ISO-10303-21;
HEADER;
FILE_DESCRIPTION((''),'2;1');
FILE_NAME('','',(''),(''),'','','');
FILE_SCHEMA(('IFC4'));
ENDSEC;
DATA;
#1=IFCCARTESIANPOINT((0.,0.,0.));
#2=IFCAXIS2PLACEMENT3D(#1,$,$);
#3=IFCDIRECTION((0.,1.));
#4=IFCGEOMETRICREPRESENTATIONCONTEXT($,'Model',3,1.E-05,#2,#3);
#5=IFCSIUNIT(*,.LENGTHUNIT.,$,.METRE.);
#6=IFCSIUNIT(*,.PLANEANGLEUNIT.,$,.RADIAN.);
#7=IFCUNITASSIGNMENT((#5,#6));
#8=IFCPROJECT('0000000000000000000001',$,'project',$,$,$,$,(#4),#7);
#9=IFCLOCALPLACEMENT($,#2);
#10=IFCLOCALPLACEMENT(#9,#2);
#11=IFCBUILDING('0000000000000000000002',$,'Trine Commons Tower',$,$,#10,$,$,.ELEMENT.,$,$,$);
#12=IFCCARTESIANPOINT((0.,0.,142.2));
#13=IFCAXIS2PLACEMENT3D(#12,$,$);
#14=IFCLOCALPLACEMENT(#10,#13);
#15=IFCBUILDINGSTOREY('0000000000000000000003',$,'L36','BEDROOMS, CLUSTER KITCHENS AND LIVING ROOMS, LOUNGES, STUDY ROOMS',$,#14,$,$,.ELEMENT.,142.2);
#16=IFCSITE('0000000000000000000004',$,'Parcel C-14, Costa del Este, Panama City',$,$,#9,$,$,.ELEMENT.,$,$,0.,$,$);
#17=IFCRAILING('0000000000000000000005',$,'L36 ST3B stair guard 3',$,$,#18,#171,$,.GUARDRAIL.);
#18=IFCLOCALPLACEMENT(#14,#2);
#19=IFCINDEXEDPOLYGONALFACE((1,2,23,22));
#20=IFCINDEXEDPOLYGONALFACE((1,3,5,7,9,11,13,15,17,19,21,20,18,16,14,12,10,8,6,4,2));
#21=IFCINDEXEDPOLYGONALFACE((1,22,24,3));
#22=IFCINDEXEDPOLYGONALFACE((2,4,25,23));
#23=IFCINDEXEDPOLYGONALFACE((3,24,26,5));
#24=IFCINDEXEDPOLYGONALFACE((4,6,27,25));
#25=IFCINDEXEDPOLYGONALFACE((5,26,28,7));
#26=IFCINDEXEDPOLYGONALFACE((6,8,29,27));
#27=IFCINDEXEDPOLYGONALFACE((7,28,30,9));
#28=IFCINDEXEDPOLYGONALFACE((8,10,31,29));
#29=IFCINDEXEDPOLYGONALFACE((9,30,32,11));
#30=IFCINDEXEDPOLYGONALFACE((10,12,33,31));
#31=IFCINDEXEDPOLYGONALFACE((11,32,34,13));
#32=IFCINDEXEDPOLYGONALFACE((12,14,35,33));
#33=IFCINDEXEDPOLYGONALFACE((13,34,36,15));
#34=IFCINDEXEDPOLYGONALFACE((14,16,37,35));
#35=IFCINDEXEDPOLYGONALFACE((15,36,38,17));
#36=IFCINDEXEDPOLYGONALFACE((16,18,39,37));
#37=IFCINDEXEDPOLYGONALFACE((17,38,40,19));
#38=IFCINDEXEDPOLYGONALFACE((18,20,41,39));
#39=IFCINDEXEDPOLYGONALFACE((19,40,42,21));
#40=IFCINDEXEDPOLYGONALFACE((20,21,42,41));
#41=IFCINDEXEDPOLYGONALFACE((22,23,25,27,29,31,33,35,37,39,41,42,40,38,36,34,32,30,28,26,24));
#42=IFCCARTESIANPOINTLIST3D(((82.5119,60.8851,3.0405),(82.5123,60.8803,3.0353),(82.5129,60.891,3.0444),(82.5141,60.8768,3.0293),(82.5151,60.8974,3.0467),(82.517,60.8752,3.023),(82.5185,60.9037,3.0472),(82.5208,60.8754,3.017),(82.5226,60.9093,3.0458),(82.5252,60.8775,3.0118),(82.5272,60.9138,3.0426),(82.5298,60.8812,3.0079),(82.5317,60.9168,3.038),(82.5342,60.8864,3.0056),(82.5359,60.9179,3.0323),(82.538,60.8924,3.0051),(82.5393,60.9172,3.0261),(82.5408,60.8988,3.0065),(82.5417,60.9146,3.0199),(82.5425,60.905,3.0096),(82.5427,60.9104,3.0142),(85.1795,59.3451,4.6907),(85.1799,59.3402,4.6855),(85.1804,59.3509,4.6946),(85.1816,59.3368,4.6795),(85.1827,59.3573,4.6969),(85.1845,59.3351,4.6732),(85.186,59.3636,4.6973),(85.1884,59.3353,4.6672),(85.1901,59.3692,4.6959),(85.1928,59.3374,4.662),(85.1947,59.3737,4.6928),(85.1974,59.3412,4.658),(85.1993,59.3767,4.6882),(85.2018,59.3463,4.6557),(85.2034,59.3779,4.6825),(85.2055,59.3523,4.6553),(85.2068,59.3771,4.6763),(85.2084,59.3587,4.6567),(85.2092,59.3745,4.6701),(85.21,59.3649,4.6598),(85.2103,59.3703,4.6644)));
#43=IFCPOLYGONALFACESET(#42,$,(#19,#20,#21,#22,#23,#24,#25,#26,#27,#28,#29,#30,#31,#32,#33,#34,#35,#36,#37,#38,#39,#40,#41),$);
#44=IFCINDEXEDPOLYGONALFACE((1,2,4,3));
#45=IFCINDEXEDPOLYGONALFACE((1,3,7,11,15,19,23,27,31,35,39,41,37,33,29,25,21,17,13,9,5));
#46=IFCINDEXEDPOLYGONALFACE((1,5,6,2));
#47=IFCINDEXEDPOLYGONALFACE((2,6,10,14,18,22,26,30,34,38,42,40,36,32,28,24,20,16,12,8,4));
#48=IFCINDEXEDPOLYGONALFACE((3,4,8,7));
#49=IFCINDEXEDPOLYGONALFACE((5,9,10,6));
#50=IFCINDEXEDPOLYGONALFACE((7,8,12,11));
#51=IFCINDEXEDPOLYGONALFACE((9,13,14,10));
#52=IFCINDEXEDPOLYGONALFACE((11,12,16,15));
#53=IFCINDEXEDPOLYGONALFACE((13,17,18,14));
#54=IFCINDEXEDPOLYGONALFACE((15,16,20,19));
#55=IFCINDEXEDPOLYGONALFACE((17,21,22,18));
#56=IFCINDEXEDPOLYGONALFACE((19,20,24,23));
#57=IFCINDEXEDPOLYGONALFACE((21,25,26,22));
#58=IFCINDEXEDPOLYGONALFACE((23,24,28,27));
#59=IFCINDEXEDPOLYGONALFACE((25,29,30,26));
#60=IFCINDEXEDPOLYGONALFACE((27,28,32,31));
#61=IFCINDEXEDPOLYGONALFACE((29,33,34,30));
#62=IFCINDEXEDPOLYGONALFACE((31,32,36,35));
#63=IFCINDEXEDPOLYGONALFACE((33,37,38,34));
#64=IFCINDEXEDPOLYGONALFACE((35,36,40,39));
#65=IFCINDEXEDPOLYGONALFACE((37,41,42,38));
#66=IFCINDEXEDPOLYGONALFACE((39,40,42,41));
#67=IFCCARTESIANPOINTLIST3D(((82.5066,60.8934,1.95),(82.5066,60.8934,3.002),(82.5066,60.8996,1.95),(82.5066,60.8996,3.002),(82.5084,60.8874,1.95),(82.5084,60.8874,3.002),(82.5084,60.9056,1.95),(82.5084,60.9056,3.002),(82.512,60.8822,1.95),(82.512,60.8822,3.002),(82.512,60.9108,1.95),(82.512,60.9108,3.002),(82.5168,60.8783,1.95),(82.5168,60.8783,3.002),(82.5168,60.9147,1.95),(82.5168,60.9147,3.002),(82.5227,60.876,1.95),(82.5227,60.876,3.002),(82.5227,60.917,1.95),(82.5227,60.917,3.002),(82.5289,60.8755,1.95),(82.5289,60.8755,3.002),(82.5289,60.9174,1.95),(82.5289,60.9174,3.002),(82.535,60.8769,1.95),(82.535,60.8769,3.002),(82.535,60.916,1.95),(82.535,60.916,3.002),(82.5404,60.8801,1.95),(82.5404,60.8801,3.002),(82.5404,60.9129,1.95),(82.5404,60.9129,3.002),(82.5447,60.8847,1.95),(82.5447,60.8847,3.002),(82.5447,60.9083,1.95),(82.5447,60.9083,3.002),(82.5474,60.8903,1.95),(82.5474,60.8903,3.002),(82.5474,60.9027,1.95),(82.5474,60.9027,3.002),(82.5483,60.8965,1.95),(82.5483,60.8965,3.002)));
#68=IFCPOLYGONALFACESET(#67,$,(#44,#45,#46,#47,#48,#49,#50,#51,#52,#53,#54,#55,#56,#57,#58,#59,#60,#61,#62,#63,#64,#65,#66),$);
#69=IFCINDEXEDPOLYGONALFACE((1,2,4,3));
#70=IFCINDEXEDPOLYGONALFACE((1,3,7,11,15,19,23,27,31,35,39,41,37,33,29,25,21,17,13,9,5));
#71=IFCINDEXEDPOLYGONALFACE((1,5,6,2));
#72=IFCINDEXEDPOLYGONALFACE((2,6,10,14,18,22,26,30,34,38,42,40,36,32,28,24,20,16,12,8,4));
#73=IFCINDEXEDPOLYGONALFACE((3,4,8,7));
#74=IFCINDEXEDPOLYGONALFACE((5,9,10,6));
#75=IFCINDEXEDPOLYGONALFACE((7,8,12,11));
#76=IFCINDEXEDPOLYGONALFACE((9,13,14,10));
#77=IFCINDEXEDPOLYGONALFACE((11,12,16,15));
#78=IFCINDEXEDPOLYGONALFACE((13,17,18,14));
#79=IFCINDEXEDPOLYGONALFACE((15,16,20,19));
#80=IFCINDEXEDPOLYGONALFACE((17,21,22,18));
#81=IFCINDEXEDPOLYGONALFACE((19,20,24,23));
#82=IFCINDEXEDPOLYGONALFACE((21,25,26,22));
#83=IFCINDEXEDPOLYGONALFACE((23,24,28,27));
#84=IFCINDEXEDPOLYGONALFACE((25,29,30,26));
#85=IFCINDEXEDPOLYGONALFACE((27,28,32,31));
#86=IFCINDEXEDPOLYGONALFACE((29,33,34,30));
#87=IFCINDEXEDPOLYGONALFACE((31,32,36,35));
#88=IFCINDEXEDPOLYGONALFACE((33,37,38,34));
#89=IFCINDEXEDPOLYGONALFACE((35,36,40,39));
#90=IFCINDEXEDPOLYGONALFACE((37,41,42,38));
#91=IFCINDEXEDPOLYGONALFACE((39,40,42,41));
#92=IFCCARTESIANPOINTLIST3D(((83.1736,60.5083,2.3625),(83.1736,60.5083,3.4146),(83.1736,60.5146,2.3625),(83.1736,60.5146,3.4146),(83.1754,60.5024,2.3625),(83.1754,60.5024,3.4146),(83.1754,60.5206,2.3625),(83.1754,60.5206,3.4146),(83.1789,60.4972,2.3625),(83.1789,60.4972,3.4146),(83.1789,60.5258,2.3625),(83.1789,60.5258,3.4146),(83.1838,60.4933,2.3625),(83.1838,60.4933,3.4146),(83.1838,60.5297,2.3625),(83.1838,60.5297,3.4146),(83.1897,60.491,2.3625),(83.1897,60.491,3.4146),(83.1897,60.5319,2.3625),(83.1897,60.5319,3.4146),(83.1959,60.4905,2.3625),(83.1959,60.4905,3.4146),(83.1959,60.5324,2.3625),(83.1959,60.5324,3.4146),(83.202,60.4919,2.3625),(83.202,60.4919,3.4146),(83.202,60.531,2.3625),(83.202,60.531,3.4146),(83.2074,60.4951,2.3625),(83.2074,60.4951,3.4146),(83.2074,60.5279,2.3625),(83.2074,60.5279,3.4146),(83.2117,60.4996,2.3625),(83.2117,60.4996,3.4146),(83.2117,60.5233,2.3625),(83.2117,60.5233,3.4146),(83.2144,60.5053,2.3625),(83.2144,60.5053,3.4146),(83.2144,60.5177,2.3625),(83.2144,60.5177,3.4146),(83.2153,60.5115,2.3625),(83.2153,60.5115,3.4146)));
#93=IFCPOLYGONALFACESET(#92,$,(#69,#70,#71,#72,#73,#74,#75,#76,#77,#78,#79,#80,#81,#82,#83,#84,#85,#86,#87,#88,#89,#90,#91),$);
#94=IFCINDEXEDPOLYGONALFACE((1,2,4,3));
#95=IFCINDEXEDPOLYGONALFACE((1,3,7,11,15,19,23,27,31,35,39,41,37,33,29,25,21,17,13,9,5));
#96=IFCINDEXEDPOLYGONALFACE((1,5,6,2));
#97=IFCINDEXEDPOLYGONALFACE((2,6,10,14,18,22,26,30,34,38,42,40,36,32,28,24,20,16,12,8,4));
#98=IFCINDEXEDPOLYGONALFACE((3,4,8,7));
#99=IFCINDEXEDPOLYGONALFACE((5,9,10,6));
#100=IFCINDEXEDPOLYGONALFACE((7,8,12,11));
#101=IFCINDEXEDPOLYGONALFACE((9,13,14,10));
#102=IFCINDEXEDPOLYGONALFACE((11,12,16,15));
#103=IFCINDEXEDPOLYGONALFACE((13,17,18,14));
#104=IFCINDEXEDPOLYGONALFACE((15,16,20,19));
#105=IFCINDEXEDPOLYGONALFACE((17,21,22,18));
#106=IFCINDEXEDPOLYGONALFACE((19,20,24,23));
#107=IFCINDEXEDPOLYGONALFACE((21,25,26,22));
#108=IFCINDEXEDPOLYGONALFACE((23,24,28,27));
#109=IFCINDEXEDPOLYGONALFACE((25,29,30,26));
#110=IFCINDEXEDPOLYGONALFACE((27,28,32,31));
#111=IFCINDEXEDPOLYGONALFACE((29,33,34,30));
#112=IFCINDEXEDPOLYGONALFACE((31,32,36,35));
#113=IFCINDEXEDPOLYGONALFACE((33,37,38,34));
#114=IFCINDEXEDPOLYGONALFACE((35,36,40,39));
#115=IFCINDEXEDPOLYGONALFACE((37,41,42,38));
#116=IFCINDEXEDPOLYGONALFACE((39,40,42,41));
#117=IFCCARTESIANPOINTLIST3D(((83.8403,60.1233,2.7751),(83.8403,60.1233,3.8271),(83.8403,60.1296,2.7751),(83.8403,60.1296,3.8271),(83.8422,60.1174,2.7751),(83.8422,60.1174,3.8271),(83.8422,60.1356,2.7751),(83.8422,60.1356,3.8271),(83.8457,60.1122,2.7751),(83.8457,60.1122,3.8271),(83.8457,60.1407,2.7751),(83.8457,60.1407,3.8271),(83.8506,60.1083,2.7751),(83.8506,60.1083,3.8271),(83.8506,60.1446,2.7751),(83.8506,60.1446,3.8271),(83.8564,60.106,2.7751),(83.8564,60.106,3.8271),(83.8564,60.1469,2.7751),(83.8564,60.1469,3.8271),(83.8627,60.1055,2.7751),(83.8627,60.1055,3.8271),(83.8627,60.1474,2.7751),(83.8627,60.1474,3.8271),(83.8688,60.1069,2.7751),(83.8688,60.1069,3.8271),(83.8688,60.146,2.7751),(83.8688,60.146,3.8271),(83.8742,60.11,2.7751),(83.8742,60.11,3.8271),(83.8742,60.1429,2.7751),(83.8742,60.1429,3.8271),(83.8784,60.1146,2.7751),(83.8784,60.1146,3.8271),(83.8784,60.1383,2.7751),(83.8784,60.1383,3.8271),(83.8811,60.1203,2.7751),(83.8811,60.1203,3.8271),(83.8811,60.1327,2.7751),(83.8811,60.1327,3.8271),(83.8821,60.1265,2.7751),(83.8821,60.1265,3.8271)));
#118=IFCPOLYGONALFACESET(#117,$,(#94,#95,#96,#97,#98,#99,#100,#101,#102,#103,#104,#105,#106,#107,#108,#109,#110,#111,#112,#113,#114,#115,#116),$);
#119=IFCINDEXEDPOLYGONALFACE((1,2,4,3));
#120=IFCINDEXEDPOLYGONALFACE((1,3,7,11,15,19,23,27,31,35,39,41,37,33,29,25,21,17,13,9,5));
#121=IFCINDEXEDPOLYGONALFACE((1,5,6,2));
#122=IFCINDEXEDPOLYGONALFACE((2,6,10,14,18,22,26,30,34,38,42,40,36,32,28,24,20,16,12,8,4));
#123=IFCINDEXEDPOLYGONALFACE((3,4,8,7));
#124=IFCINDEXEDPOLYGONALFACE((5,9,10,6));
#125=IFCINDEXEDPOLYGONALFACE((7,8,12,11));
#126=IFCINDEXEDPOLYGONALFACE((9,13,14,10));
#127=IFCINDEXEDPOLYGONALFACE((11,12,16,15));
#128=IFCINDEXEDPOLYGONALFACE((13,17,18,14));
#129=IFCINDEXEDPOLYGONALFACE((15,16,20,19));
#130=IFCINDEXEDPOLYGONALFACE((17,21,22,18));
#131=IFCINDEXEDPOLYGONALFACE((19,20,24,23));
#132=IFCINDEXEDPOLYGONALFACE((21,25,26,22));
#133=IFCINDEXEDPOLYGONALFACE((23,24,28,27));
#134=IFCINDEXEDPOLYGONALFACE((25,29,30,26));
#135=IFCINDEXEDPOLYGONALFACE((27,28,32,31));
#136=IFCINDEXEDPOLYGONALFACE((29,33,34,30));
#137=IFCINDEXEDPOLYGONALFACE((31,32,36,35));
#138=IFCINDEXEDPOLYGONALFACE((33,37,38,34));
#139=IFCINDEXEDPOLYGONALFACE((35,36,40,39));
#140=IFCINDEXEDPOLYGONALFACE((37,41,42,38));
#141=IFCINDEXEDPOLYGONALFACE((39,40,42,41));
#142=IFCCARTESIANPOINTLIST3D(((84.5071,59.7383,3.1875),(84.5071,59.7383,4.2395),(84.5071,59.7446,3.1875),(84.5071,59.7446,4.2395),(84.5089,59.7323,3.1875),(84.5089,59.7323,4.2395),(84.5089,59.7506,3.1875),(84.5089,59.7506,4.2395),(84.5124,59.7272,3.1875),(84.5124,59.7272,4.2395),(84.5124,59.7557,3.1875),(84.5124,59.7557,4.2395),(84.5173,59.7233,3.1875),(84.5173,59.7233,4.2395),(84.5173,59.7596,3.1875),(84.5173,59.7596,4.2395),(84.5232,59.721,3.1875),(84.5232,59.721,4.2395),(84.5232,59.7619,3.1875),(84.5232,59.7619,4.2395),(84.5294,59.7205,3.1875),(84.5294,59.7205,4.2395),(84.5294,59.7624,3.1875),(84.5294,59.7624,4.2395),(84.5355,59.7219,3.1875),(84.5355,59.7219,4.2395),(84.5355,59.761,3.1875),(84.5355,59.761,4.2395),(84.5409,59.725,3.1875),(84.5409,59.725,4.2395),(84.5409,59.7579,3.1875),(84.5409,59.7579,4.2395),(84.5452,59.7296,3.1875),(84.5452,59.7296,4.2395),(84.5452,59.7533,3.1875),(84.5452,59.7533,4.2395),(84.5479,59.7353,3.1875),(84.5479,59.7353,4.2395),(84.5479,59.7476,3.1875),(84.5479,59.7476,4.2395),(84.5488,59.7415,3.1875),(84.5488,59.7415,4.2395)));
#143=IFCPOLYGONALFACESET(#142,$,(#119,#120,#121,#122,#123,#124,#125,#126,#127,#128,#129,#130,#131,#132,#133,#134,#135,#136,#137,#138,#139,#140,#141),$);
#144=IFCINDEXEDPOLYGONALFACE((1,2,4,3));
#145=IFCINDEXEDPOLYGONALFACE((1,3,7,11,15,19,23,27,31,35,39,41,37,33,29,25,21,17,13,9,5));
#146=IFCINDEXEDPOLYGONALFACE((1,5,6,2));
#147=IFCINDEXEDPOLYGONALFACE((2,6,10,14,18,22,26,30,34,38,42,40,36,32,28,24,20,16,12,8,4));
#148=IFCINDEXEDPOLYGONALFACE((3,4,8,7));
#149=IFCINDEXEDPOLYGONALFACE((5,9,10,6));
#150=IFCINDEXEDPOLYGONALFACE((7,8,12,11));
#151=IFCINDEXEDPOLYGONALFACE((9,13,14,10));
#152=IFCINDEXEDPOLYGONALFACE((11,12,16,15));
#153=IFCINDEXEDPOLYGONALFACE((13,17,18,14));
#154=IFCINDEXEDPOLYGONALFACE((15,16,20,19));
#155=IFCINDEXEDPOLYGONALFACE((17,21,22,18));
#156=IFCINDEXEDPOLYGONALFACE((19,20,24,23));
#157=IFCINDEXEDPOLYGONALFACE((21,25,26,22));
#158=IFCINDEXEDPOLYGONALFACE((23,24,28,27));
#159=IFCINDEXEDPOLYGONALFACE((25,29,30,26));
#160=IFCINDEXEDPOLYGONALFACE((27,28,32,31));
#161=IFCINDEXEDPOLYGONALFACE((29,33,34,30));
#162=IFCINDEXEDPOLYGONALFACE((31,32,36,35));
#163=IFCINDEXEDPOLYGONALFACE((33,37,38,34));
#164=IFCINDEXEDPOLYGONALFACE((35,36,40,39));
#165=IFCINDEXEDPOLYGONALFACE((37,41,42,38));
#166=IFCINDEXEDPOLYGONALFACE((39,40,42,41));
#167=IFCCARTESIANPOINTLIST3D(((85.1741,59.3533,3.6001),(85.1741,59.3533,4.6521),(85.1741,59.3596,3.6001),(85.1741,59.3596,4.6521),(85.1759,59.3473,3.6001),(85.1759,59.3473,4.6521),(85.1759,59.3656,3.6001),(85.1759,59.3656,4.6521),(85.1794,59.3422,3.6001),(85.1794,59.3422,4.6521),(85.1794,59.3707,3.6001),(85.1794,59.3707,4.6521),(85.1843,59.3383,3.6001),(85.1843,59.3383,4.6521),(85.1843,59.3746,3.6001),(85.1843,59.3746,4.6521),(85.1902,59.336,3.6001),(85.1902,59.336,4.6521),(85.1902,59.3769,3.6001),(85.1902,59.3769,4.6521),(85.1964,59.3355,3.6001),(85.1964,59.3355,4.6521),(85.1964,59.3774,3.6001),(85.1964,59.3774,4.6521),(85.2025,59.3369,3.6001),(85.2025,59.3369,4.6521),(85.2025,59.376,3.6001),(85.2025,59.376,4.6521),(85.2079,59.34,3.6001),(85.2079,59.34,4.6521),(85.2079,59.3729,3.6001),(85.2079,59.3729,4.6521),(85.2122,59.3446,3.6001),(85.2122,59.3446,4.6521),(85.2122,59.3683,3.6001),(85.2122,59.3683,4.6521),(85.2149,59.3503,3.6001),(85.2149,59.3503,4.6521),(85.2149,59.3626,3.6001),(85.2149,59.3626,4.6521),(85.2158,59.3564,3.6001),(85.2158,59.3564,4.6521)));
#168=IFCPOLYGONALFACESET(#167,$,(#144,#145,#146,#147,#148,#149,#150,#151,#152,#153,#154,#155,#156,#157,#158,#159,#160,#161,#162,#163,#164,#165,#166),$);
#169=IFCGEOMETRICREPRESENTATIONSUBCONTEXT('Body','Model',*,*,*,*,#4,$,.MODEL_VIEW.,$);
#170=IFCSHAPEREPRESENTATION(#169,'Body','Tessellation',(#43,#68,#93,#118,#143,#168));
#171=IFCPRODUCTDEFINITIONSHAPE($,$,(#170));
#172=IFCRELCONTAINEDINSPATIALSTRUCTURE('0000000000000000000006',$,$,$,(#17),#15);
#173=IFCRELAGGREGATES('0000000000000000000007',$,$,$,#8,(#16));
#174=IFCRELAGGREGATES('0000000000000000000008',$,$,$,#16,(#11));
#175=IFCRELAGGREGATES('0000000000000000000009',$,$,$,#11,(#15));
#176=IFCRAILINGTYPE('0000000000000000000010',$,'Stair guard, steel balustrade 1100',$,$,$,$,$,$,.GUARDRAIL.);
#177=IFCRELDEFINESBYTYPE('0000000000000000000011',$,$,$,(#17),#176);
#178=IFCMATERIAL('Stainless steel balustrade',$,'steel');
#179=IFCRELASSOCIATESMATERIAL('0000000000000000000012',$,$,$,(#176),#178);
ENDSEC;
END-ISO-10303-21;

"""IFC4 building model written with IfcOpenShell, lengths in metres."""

from ifc_helpers import new_model, si_unit, direction, frame, origin, origin_2d, place, context, subcontext, project, spatial, circle, extrude, material, type_object, element, save


model = new_model("IFC4")

# Units and contexts
model_context = context("Model", 3, precision=1e-05, world=origin(), true_north=direction((0.0, 1.0)))
body_context = subcontext(model_context, "Body", "Model", "MODEL_VIEW")
ifc_project = project(units=[si_unit("LENGTHUNIT", "METRE"), si_unit("PLANEANGLEUNIT", "RADIAN")], contexts=[model_context])

# Site, building, storey
site_placement = place(None, origin())
site = spatial("IfcSite", under=ifc_project, at=site_placement, Name="Parcel C-14, Costa del Este, Panama City", CompositionType="ELEMENT", RefElevation=0.0)
building_placement = place(site_placement, origin())
building = spatial("IfcBuilding", under=site, at=building_placement, Name="Trine Commons Tower", CompositionType="ELEMENT")
storey_placement = place(building_placement, frame((0.0, 0.0, 142.2)))
storey = spatial("IfcBuildingStorey", under=building, at=storey_placement, Name="L36", Description="BEDROOMS, CLUSTER KITCHENS AND LIVING ROOMS, LOUNGES, STUDY ROOMS", CompositionType="ELEMENT", Elevation=142.2)

# Railing
ifc_material_1 = material(Name="Stainless steel balustrade", Category="steel")
railing_type_1 = type_object("IfcRailingType", Name="Stair guard, steel balustrade 1100", PredefinedType="GUARDRAIL", material=ifc_material_1)
railing_1_placement = place(storey_placement, frame((82.5273, 60.8965, 1.95)))
element("IfcRailing", 1, at=railing_1_placement, inside=storey, type_object=railing_type_1, Name="L36 ST3B stair guard 3", PredefinedType="GUARDRAIL", context=body_context, shape_type="SweptSolid", body=[
    extrude(circle(Radius=0.0239, at=origin_2d()), frame((0.0, 0.0, 1.0762), z_axis=(0.76338, -0.440728, 0.472239), x_axis=(0.499992, 0.86603, 0.0)), (0.0, 0.0, 1.0), 3.4944),
    extrude(circle(Radius=0.021, at=origin_2d()), origin(), (0.0, 0.0, 1.0), 1.052),
    extrude(circle(Radius=0.021, at=origin_2d()), frame((0.667, -0.385, 0.4126)), (0.0, 0.0, 1.0), 1.052),
    extrude(circle(Radius=0.021, at=origin_2d()), frame((1.3337, -0.77, 0.8252)), (0.0, 0.0, 1.0), 1.052),
    extrude(circle(Radius=0.021, at=origin_2d()), frame((2.0005, -1.155, 1.2375)), (0.0, 0.0, 1.0), 1.052),
    extrude(circle(Radius=0.021, at=origin_2d()), frame((2.6675, -1.54, 1.6501)), (0.0, 0.0, 1.0), 1.052),
])

save(model, "model.ifc")
